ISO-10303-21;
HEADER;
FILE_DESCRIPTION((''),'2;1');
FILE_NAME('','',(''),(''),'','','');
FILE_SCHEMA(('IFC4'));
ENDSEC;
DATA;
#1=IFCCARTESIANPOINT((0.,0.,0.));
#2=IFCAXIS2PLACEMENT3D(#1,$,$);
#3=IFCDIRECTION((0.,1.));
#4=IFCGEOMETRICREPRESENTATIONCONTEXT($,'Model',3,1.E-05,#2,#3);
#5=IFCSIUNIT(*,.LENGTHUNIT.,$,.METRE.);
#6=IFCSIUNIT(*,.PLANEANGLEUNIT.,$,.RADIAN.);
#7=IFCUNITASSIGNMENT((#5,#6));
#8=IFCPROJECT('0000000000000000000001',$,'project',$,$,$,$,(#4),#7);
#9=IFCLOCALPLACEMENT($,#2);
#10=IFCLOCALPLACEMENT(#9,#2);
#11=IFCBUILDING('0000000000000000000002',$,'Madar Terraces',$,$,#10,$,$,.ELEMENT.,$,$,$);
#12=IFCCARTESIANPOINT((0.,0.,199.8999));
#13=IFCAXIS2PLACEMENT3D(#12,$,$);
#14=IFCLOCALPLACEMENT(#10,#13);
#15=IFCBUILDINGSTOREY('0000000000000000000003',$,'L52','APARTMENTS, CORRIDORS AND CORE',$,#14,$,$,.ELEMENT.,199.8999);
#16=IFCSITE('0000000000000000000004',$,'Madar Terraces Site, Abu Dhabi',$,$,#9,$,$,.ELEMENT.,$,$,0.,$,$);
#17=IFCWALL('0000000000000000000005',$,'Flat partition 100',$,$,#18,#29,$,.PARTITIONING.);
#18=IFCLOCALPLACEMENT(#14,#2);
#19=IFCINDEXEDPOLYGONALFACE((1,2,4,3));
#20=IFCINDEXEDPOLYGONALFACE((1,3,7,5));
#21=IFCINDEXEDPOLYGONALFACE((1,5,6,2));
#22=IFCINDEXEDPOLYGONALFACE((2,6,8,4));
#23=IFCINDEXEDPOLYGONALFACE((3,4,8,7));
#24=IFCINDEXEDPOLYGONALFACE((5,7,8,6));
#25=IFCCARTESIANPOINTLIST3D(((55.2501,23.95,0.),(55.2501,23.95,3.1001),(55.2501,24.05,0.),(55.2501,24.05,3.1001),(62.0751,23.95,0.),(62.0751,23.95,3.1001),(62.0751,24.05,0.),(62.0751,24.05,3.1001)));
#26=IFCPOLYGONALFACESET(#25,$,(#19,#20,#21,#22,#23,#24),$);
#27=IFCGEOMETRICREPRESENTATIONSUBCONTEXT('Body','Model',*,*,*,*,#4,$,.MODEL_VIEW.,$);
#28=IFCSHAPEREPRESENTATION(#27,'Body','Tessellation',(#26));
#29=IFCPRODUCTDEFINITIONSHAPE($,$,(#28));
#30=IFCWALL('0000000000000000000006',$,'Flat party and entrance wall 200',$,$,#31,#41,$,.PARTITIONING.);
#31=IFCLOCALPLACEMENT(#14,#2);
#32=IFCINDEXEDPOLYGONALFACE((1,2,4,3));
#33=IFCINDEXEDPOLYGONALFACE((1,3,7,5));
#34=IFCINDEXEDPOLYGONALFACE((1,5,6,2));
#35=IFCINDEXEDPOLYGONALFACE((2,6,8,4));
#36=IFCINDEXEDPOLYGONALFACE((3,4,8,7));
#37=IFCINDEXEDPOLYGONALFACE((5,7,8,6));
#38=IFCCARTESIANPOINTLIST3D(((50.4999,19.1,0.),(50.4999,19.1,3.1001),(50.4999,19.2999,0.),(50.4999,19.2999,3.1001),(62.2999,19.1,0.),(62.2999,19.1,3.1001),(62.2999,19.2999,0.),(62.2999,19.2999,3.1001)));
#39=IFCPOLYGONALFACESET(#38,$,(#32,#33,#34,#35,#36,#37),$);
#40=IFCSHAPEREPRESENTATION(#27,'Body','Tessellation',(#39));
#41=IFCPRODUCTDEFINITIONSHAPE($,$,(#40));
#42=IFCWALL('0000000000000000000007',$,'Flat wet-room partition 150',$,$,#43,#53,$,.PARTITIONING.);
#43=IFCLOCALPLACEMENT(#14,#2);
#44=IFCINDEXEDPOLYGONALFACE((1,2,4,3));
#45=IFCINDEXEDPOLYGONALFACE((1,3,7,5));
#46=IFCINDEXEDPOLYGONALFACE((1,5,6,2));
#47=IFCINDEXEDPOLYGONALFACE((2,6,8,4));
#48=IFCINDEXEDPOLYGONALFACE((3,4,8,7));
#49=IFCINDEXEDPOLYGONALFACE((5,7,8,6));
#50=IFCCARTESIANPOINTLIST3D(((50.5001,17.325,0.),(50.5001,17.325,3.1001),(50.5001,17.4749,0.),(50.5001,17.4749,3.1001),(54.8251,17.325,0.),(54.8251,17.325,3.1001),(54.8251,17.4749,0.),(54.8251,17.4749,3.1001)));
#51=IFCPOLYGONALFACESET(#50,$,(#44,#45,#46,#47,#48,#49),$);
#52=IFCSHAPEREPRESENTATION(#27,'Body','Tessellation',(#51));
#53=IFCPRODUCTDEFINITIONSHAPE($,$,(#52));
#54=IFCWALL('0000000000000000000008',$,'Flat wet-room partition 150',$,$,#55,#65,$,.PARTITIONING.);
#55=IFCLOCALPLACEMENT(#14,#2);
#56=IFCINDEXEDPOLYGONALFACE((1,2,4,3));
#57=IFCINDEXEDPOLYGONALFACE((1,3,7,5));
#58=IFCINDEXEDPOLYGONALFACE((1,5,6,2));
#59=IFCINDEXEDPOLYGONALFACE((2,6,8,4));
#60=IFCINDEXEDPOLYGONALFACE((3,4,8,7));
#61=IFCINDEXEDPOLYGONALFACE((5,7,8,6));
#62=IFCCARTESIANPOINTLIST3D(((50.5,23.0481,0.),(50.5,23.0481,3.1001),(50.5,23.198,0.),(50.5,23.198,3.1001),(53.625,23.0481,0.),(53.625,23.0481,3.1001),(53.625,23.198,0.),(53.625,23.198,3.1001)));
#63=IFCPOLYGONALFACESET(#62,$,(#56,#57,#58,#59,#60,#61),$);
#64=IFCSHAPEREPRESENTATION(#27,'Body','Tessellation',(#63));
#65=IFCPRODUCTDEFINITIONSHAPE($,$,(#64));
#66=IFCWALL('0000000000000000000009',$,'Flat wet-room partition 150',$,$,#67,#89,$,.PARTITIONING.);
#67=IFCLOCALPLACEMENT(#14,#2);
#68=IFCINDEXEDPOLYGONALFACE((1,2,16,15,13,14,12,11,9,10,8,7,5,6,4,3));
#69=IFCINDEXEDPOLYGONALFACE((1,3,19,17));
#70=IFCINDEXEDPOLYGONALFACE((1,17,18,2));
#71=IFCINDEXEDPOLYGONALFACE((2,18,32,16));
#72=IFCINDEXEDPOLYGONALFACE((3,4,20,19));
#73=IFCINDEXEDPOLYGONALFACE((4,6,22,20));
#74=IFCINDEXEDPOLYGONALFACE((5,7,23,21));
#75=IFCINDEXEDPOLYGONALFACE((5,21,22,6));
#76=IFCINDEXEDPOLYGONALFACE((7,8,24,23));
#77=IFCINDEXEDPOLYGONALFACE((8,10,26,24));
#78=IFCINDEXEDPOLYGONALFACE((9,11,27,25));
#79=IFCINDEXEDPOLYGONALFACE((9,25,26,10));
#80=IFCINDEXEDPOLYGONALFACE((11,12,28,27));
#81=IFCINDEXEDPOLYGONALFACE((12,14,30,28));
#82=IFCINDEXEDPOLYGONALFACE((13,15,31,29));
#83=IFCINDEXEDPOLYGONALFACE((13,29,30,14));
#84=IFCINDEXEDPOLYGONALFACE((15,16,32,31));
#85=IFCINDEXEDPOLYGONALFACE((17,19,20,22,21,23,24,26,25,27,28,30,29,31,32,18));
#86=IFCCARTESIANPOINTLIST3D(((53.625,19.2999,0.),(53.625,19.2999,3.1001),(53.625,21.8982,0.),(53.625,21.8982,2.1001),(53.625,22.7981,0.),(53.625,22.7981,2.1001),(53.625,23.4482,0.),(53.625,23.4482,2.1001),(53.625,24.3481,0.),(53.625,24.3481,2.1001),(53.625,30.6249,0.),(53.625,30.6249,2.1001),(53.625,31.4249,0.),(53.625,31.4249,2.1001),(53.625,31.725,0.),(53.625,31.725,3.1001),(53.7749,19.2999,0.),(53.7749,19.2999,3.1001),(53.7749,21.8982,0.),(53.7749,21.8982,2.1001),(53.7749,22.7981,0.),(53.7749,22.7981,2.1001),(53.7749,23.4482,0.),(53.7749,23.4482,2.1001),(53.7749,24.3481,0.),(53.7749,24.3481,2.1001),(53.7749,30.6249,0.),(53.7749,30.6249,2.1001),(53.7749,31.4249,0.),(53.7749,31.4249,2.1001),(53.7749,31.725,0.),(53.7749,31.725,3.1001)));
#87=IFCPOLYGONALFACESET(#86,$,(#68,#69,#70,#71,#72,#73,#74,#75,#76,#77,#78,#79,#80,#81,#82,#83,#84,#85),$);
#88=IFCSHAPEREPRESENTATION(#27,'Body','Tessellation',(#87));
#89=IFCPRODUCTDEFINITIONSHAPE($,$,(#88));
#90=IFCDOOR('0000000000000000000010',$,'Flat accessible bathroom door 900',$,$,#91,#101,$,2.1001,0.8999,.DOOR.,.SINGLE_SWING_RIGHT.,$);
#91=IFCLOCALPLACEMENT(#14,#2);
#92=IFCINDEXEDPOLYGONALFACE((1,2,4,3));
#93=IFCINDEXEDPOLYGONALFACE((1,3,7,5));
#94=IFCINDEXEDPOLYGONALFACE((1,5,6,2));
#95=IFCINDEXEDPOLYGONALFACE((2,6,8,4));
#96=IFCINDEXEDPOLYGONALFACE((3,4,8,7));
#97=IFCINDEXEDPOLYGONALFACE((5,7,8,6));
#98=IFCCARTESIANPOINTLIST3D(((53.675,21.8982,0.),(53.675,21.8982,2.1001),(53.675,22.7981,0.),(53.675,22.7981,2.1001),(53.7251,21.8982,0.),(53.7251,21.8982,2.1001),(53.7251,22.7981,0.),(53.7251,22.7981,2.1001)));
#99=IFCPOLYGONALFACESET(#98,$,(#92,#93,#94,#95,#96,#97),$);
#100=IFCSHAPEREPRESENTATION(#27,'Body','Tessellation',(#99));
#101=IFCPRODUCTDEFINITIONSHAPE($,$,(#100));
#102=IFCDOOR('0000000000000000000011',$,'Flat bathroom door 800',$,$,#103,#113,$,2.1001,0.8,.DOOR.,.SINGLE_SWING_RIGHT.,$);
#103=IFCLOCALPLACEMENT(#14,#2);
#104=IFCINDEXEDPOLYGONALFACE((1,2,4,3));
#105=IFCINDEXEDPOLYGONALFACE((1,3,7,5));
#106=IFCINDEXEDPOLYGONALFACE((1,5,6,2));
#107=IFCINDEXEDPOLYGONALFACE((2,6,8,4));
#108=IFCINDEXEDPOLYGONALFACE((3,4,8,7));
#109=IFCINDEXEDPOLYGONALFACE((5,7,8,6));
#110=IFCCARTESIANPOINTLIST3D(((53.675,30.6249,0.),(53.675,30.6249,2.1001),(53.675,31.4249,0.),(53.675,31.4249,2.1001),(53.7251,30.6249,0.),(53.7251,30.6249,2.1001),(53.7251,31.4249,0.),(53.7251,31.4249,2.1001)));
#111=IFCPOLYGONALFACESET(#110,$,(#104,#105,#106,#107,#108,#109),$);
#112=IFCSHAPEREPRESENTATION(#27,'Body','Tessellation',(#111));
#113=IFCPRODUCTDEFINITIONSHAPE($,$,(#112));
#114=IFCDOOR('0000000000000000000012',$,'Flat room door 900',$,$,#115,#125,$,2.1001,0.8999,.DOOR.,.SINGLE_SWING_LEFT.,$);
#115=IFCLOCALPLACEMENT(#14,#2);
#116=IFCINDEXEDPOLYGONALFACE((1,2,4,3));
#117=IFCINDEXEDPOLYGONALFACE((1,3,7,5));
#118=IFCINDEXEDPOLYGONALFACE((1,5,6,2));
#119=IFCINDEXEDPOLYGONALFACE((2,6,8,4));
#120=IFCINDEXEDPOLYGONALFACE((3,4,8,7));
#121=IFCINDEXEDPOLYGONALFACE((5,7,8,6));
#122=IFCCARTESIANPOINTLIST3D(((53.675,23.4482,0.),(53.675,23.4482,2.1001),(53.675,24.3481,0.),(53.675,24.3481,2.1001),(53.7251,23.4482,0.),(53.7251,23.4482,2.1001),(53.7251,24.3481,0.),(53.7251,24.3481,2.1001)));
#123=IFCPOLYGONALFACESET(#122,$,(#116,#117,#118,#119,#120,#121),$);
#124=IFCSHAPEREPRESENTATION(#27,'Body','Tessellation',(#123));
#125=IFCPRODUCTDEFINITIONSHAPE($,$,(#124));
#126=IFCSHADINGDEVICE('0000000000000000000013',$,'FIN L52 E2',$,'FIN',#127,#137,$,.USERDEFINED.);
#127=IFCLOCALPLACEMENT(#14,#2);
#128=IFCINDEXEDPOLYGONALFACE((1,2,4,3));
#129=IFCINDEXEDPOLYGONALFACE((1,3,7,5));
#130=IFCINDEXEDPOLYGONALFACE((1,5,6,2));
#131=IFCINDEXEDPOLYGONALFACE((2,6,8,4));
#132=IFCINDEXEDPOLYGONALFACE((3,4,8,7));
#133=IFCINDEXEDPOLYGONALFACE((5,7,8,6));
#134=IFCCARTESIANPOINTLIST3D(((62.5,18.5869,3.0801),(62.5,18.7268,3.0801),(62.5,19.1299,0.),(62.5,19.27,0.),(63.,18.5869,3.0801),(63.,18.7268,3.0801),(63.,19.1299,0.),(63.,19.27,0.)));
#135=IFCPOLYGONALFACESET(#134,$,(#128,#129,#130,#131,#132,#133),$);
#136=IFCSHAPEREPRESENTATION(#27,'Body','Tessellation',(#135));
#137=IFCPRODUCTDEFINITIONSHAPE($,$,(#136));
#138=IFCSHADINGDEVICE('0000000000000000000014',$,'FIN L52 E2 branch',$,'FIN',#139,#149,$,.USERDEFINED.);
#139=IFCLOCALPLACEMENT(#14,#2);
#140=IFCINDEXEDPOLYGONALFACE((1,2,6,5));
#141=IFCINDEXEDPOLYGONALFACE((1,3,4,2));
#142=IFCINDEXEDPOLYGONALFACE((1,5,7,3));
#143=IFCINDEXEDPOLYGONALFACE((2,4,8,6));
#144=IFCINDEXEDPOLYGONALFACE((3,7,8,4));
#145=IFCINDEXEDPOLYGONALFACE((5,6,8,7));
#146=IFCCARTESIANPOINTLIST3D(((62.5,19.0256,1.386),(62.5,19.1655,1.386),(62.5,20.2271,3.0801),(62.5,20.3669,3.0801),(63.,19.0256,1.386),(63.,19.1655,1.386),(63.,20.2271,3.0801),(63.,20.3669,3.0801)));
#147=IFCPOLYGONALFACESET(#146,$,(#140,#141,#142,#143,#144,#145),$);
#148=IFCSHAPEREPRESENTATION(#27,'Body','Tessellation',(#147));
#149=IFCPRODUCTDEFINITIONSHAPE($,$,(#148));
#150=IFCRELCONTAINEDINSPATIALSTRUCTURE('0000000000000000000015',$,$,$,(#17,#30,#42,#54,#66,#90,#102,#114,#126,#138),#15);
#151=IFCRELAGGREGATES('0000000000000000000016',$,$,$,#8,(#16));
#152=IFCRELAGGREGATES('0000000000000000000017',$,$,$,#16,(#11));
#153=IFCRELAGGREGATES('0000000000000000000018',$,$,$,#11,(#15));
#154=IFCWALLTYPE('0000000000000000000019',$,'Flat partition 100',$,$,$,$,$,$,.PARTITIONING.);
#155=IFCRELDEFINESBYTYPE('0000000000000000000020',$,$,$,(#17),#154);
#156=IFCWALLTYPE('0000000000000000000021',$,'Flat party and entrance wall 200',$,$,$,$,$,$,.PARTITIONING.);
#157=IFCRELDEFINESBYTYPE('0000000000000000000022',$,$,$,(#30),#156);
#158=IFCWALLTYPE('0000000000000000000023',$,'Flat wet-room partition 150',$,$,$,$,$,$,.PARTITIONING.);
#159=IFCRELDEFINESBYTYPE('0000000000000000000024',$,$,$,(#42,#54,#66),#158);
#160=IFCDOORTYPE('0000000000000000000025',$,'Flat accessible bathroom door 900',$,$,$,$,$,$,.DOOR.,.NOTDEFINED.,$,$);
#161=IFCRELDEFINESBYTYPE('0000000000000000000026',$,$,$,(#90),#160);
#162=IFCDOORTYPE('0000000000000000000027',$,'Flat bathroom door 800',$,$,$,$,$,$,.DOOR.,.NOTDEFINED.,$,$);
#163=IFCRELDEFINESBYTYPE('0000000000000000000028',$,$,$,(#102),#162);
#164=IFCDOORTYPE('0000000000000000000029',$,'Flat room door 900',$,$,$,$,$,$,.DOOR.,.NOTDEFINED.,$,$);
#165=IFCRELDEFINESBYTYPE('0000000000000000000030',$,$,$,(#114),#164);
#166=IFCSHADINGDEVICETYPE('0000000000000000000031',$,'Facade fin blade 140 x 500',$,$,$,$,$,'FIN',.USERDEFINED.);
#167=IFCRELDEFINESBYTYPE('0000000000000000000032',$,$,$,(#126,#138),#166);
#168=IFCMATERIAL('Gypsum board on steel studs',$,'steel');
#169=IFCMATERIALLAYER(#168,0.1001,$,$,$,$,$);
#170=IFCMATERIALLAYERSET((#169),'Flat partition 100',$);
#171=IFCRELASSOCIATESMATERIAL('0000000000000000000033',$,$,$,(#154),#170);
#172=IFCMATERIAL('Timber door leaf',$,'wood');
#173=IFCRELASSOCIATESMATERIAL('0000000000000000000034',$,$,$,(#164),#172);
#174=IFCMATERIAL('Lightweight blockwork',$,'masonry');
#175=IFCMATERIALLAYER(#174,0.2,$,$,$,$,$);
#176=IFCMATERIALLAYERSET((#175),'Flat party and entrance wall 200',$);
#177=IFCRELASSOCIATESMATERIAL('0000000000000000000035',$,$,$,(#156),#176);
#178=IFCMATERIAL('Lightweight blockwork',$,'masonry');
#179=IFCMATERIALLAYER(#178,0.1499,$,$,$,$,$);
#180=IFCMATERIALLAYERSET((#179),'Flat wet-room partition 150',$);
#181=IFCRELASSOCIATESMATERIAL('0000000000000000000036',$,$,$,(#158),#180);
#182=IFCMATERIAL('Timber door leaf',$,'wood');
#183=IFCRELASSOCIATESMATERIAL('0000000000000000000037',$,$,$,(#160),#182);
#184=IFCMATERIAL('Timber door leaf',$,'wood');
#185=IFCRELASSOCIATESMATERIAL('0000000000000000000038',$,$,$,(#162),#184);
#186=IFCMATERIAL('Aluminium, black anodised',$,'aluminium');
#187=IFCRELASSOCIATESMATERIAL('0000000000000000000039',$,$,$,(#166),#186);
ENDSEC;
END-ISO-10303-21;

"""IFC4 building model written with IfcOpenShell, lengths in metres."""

from ifc_helpers import new_model, si_unit, direction, frame, frame_2d, origin, place, context, subcontext, project, spatial, polyline, rectangle, outline, extrude, material, layer, layer_set, type_object, element, fill, save


model = new_model("IFC4")

# Units and contexts
model_context = context("Model", 3, precision=1e-05, world=origin(), true_north=direction((0.0, 1.0)))
body_context = subcontext(model_context, "Body", "Model", "MODEL_VIEW")
ifc_project = project(units=[si_unit("LENGTHUNIT", "METRE"), si_unit("PLANEANGLEUNIT", "RADIAN")], contexts=[model_context])

# Site, building, storey
site_placement = place(None, origin())
site = spatial("IfcSite", under=ifc_project, at=site_placement, Name="Madar Terraces Site, Abu Dhabi", CompositionType="ELEMENT", RefElevation=0.0)
building_placement = place(site_placement, origin())
building = spatial("IfcBuilding", under=site, at=building_placement, Name="Madar Terraces", CompositionType="ELEMENT")
storey_placement = place(building_placement, frame((0.0, 0.0, 199.8999)))
storey = spatial("IfcBuildingStorey", under=building, at=storey_placement, Name="L52", Description="APARTMENTS, CORRIDORS AND CORE", CompositionType="ELEMENT", Elevation=199.8999)

# Shared definitions
ifc_material_1 = material(Name="Gypsum board on steel studs", Category="steel")
ifc_layer_1 = layer(ifc_material_1, 0.1001)
ifc_layer_set_1 = layer_set([ifc_layer_1], Name="Flat partition 100")
wall_type_1 = type_object("IfcWallType", Name="Flat partition 100", PredefinedType="PARTITIONING", material=ifc_layer_set_1)
ifc_material_2 = material(Name="Timber door leaf", Category="wood")
door_type_1 = type_object("IfcDoorType", Name="Flat room door 900", OperationType="NOTDEFINED", PredefinedType="DOOR", material=ifc_material_2)

# Walls
wall_1_placement = place(storey_placement, frame((55.25, 24.0, 0.0), z_axis=(0.0, 0.0, 1.0), x_axis=(1.0, 0.0, 0.0)))
element("IfcWall", 1, at=wall_1_placement, inside=storey, type_object=wall_type_1, Name="Flat partition 100", PredefinedType="PARTITIONING", context=body_context, shape_type="SweptSolid", body=[
    extrude(rectangle(XDim=6.825, YDim=0.1001, at=frame_2d((3.4126, 0.0))), origin(), (0.0, 0.0, 1.0), 3.1001),
])
ifc_material_3 = material(Name="Lightweight blockwork", Category="masonry")
ifc_layer_2 = layer(ifc_material_3, 0.2)
ifc_layer_set_2 = layer_set([ifc_layer_2], Name="Flat party and entrance wall 200")
wall_type_2 = type_object("IfcWallType", Name="Flat party and entrance wall 200", PredefinedType="PARTITIONING", material=ifc_layer_set_2)
wall_2_placement = place(storey_placement, frame((50.5, 19.2, 0.0), z_axis=(0.0, 0.0, 1.0), x_axis=(1.0, 0.0, 0.0)))
element("IfcWall", 2, at=wall_2_placement, inside=storey, type_object=wall_type_2, Name="Flat party and entrance wall 200", PredefinedType="PARTITIONING", context=body_context, shape_type="SweptSolid", body=[
    extrude(rectangle(XDim=11.8, YDim=0.2, at=frame_2d((5.8999, 0.0))), origin(), (0.0, 0.0, 1.0), 3.1001),
])
ifc_material_4 = material(Name="Lightweight blockwork", Category="masonry")
ifc_layer_3 = layer(ifc_material_4, 0.1499)
ifc_layer_set_3 = layer_set([ifc_layer_3], Name="Flat wet-room partition 150")
wall_type_3 = type_object("IfcWallType", Name="Flat wet-room partition 150", PredefinedType="PARTITIONING", material=ifc_layer_set_3)
wall_3_placement = place(storey_placement, frame((50.5, 17.3999, 0.0), z_axis=(0.0, 0.0, 1.0), x_axis=(1.0, 0.0, 0.0)))
element("IfcWall", 3, at=wall_3_placement, inside=storey, type_object=wall_type_3, Name="Flat wet-room partition 150", PredefinedType="PARTITIONING", context=body_context, shape_type="SweptSolid", body=[
    extrude(rectangle(XDim=4.325, YDim=0.1499, at=frame_2d((2.1626, 0.0))), origin(), (0.0, 0.0, 1.0), 3.1001),
])
wall_4_placement = place(storey_placement, frame((50.5, 23.123, 0.0), z_axis=(0.0, 0.0, 1.0), x_axis=(1.0, 0.0, 0.0)))
element("IfcWall", 4, at=wall_4_placement, inside=storey, type_object=wall_type_3, Name="Flat wet-room partition 150", PredefinedType="PARTITIONING", context=body_context, shape_type="SweptSolid", body=[
    extrude(rectangle(XDim=3.125, YDim=0.1499, at=frame_2d((1.5625, 0.0))), origin(), (0.0, 0.0, 1.0), 3.1001),
])

# Wall, openings, doors
wall_5_placement = place(storey_placement, frame((53.7, 19.3, 0.0), z_axis=(0.0, 0.0, 1.0), x_axis=(0.0, 1.0, 0.0)))
wall_5 = element("IfcWall", 5, at=wall_5_placement, inside=storey, type_object=wall_type_3, Name="Flat wet-room partition 150", PredefinedType="PARTITIONING", context=body_context, shape_type="SweptSolid", body=[
    extrude(rectangle(XDim=12.425, YDim=0.1499, at=frame_2d((6.2124, 0.0))), origin(), (0.0, 0.0, 1.0), 3.1001),
])
opening_1_placement = place(wall_5_placement, frame((11.325, 0.0, 0.0)))
opening_1 = element("IfcOpeningElement", 6, at=opening_1_placement, cuts=wall_5, PredefinedType="OPENING", context=body_context, shape_type="SweptSolid", body=[
    extrude(rectangle(XDim=0.8, YDim=2.1001, at=frame_2d((0.3999, 1.05))), frame((0.0, 0.085, 0.0), z_axis=(0.0, -1.0, 0.0), x_axis=(1.0, 0.0, 0.0)), (0.0, 0.0, 1.0), 0.1699),
])
opening_2_placement = place(wall_5_placement, frame((4.1482, 0.0, 0.0)))
opening_2 = element("IfcOpeningElement", 7, at=opening_2_placement, cuts=wall_5, PredefinedType="OPENING", context=body_context, shape_type="SweptSolid", body=[
    extrude(rectangle(XDim=0.8999, YDim=2.1001, at=frame_2d((0.45, 1.05))), frame((0.0, 0.085, 0.0), z_axis=(0.0, -1.0, 0.0), x_axis=(1.0, 0.0, 0.0)), (0.0, 0.0, 1.0), 0.1699),
])
opening_3_placement = place(wall_5_placement, frame((2.5981, 0.0, 0.0)))
opening_3 = element("IfcOpeningElement", 8, at=opening_3_placement, cuts=wall_5, PredefinedType="OPENING", context=body_context, shape_type="SweptSolid", body=[
    extrude(rectangle(XDim=0.8999, YDim=2.1001, at=frame_2d((0.45, 1.05))), frame((0.0, 0.085, 0.0), z_axis=(0.0, -1.0, 0.0), x_axis=(1.0, 0.0, 0.0)), (0.0, 0.0, 1.0), 0.1699),
])
ifc_material_5 = material(Name="Timber door leaf", Category="wood")
door_type_2 = type_object("IfcDoorType", Name="Flat accessible bathroom door 900", OperationType="NOTDEFINED", PredefinedType="DOOR", material=ifc_material_5)
door_1_placement = place(opening_3_placement, origin())
door_1 = element("IfcDoor", 9, at=door_1_placement, inside=storey, type_object=door_type_2, Name="Flat accessible bathroom door 900", OperationType="SINGLE_SWING_RIGHT", OverallHeight=2.1001, OverallWidth=0.8999, PredefinedType="DOOR", context=body_context, shape_type="SweptSolid", body=[
    extrude(rectangle(XDim=0.8999, YDim=2.1001, at=frame_2d((0.45, 1.05))), frame((0.0, 0.0249, 0.0), z_axis=(0.0, -1.0, 0.0), x_axis=(1.0, 0.0, 0.0)), (0.0, 0.0, 1.0), 0.05),
])
fill(opening_3, door_1)
ifc_material_6 = material(Name="Timber door leaf", Category="wood")
door_type_3 = type_object("IfcDoorType", Name="Flat bathroom door 800", OperationType="NOTDEFINED", PredefinedType="DOOR", material=ifc_material_6)
door_2_placement = place(opening_1_placement, origin())
door_2 = element("IfcDoor", 10, at=door_2_placement, inside=storey, type_object=door_type_3, Name="Flat bathroom door 800", OperationType="SINGLE_SWING_RIGHT", OverallHeight=2.1001, OverallWidth=0.8, PredefinedType="DOOR", context=body_context, shape_type="SweptSolid", body=[
    extrude(rectangle(XDim=0.8, YDim=2.1001, at=frame_2d((0.3999, 1.05))), frame((0.0, 0.0249, 0.0), z_axis=(0.0, -1.0, 0.0), x_axis=(1.0, 0.0, 0.0)), (0.0, 0.0, 1.0), 0.05),
])
fill(opening_1, door_2)
door_3_placement = place(opening_2_placement, origin())
door_3 = element("IfcDoor", 11, at=door_3_placement, inside=storey, type_object=door_type_1, Name="Flat room door 900", OperationType="SINGLE_SWING_LEFT", OverallHeight=2.1001, OverallWidth=0.8999, PredefinedType="DOOR", context=body_context, shape_type="SweptSolid", body=[
    extrude(rectangle(XDim=0.8999, YDim=2.1001, at=frame_2d((0.45, 1.05))), frame((0.0, 0.0249, 0.0), z_axis=(0.0, -1.0, 0.0), x_axis=(1.0, 0.0, 0.0)), (0.0, 0.0, 1.0), 0.05),
])
fill(opening_2, door_3)

# Shading devices
ifc_material_7 = material(Name="Aluminium, black anodised", Category="aluminium")
shading_device_type = type_object("IfcShadingDeviceType", Name="Facade fin blade 140 x 500", ElementType="FIN", PredefinedType="USERDEFINED", material=ifc_material_7)
shading_device_1_placement = place(storey_placement, frame((62.75, 19.1299, 0.0), z_axis=(0.0, 0.0, 1.0), x_axis=(0.0, 1.0, 0.0)))
element("IfcShadingDevice", 12, at=shading_device_1_placement, inside=storey, type_object=shading_device_type, Name="FIN L52 E2", ObjectType="FIN", PredefinedType="USERDEFINED", context=body_context, shape_type="SweptSolid", body=[
    extrude(outline(polyline([(0.0, 0.0), (0.1401, 0.0), (-0.4031, 3.0801), (-0.543, 3.0801), (0.0, 0.0)])), frame((0.0, 0.25, 0.0), z_axis=(0.0, -1.0, 0.0), x_axis=(1.0, 0.0, 0.0)), (0.0, 0.0, 1.0), 0.5),
])
shading_device_2_placement = place(storey_placement, frame((62.75, 19.0256, 1.386), z_axis=(0.0, 0.0, 1.0), x_axis=(0.0, 1.0, 0.0)))
element("IfcShadingDevice", 13, at=shading_device_2_placement, inside=storey, type_object=shading_device_type, Name="FIN L52 E2 branch", ObjectType="FIN", PredefinedType="USERDEFINED", context=body_context, shape_type="SweptSolid", body=[
    extrude(outline(polyline([(0.0, 0.0), (0.1399, 0.0), (1.3413, 1.6941), (1.2014, 1.6941), (0.0, 0.0)])), frame((0.0, 0.25, 0.0), z_axis=(0.0, -1.0, 0.0), x_axis=(1.0, 0.0, 0.0)), (0.0, 0.0, 1.0), 0.5),
])

save(model, "model.ifc")
